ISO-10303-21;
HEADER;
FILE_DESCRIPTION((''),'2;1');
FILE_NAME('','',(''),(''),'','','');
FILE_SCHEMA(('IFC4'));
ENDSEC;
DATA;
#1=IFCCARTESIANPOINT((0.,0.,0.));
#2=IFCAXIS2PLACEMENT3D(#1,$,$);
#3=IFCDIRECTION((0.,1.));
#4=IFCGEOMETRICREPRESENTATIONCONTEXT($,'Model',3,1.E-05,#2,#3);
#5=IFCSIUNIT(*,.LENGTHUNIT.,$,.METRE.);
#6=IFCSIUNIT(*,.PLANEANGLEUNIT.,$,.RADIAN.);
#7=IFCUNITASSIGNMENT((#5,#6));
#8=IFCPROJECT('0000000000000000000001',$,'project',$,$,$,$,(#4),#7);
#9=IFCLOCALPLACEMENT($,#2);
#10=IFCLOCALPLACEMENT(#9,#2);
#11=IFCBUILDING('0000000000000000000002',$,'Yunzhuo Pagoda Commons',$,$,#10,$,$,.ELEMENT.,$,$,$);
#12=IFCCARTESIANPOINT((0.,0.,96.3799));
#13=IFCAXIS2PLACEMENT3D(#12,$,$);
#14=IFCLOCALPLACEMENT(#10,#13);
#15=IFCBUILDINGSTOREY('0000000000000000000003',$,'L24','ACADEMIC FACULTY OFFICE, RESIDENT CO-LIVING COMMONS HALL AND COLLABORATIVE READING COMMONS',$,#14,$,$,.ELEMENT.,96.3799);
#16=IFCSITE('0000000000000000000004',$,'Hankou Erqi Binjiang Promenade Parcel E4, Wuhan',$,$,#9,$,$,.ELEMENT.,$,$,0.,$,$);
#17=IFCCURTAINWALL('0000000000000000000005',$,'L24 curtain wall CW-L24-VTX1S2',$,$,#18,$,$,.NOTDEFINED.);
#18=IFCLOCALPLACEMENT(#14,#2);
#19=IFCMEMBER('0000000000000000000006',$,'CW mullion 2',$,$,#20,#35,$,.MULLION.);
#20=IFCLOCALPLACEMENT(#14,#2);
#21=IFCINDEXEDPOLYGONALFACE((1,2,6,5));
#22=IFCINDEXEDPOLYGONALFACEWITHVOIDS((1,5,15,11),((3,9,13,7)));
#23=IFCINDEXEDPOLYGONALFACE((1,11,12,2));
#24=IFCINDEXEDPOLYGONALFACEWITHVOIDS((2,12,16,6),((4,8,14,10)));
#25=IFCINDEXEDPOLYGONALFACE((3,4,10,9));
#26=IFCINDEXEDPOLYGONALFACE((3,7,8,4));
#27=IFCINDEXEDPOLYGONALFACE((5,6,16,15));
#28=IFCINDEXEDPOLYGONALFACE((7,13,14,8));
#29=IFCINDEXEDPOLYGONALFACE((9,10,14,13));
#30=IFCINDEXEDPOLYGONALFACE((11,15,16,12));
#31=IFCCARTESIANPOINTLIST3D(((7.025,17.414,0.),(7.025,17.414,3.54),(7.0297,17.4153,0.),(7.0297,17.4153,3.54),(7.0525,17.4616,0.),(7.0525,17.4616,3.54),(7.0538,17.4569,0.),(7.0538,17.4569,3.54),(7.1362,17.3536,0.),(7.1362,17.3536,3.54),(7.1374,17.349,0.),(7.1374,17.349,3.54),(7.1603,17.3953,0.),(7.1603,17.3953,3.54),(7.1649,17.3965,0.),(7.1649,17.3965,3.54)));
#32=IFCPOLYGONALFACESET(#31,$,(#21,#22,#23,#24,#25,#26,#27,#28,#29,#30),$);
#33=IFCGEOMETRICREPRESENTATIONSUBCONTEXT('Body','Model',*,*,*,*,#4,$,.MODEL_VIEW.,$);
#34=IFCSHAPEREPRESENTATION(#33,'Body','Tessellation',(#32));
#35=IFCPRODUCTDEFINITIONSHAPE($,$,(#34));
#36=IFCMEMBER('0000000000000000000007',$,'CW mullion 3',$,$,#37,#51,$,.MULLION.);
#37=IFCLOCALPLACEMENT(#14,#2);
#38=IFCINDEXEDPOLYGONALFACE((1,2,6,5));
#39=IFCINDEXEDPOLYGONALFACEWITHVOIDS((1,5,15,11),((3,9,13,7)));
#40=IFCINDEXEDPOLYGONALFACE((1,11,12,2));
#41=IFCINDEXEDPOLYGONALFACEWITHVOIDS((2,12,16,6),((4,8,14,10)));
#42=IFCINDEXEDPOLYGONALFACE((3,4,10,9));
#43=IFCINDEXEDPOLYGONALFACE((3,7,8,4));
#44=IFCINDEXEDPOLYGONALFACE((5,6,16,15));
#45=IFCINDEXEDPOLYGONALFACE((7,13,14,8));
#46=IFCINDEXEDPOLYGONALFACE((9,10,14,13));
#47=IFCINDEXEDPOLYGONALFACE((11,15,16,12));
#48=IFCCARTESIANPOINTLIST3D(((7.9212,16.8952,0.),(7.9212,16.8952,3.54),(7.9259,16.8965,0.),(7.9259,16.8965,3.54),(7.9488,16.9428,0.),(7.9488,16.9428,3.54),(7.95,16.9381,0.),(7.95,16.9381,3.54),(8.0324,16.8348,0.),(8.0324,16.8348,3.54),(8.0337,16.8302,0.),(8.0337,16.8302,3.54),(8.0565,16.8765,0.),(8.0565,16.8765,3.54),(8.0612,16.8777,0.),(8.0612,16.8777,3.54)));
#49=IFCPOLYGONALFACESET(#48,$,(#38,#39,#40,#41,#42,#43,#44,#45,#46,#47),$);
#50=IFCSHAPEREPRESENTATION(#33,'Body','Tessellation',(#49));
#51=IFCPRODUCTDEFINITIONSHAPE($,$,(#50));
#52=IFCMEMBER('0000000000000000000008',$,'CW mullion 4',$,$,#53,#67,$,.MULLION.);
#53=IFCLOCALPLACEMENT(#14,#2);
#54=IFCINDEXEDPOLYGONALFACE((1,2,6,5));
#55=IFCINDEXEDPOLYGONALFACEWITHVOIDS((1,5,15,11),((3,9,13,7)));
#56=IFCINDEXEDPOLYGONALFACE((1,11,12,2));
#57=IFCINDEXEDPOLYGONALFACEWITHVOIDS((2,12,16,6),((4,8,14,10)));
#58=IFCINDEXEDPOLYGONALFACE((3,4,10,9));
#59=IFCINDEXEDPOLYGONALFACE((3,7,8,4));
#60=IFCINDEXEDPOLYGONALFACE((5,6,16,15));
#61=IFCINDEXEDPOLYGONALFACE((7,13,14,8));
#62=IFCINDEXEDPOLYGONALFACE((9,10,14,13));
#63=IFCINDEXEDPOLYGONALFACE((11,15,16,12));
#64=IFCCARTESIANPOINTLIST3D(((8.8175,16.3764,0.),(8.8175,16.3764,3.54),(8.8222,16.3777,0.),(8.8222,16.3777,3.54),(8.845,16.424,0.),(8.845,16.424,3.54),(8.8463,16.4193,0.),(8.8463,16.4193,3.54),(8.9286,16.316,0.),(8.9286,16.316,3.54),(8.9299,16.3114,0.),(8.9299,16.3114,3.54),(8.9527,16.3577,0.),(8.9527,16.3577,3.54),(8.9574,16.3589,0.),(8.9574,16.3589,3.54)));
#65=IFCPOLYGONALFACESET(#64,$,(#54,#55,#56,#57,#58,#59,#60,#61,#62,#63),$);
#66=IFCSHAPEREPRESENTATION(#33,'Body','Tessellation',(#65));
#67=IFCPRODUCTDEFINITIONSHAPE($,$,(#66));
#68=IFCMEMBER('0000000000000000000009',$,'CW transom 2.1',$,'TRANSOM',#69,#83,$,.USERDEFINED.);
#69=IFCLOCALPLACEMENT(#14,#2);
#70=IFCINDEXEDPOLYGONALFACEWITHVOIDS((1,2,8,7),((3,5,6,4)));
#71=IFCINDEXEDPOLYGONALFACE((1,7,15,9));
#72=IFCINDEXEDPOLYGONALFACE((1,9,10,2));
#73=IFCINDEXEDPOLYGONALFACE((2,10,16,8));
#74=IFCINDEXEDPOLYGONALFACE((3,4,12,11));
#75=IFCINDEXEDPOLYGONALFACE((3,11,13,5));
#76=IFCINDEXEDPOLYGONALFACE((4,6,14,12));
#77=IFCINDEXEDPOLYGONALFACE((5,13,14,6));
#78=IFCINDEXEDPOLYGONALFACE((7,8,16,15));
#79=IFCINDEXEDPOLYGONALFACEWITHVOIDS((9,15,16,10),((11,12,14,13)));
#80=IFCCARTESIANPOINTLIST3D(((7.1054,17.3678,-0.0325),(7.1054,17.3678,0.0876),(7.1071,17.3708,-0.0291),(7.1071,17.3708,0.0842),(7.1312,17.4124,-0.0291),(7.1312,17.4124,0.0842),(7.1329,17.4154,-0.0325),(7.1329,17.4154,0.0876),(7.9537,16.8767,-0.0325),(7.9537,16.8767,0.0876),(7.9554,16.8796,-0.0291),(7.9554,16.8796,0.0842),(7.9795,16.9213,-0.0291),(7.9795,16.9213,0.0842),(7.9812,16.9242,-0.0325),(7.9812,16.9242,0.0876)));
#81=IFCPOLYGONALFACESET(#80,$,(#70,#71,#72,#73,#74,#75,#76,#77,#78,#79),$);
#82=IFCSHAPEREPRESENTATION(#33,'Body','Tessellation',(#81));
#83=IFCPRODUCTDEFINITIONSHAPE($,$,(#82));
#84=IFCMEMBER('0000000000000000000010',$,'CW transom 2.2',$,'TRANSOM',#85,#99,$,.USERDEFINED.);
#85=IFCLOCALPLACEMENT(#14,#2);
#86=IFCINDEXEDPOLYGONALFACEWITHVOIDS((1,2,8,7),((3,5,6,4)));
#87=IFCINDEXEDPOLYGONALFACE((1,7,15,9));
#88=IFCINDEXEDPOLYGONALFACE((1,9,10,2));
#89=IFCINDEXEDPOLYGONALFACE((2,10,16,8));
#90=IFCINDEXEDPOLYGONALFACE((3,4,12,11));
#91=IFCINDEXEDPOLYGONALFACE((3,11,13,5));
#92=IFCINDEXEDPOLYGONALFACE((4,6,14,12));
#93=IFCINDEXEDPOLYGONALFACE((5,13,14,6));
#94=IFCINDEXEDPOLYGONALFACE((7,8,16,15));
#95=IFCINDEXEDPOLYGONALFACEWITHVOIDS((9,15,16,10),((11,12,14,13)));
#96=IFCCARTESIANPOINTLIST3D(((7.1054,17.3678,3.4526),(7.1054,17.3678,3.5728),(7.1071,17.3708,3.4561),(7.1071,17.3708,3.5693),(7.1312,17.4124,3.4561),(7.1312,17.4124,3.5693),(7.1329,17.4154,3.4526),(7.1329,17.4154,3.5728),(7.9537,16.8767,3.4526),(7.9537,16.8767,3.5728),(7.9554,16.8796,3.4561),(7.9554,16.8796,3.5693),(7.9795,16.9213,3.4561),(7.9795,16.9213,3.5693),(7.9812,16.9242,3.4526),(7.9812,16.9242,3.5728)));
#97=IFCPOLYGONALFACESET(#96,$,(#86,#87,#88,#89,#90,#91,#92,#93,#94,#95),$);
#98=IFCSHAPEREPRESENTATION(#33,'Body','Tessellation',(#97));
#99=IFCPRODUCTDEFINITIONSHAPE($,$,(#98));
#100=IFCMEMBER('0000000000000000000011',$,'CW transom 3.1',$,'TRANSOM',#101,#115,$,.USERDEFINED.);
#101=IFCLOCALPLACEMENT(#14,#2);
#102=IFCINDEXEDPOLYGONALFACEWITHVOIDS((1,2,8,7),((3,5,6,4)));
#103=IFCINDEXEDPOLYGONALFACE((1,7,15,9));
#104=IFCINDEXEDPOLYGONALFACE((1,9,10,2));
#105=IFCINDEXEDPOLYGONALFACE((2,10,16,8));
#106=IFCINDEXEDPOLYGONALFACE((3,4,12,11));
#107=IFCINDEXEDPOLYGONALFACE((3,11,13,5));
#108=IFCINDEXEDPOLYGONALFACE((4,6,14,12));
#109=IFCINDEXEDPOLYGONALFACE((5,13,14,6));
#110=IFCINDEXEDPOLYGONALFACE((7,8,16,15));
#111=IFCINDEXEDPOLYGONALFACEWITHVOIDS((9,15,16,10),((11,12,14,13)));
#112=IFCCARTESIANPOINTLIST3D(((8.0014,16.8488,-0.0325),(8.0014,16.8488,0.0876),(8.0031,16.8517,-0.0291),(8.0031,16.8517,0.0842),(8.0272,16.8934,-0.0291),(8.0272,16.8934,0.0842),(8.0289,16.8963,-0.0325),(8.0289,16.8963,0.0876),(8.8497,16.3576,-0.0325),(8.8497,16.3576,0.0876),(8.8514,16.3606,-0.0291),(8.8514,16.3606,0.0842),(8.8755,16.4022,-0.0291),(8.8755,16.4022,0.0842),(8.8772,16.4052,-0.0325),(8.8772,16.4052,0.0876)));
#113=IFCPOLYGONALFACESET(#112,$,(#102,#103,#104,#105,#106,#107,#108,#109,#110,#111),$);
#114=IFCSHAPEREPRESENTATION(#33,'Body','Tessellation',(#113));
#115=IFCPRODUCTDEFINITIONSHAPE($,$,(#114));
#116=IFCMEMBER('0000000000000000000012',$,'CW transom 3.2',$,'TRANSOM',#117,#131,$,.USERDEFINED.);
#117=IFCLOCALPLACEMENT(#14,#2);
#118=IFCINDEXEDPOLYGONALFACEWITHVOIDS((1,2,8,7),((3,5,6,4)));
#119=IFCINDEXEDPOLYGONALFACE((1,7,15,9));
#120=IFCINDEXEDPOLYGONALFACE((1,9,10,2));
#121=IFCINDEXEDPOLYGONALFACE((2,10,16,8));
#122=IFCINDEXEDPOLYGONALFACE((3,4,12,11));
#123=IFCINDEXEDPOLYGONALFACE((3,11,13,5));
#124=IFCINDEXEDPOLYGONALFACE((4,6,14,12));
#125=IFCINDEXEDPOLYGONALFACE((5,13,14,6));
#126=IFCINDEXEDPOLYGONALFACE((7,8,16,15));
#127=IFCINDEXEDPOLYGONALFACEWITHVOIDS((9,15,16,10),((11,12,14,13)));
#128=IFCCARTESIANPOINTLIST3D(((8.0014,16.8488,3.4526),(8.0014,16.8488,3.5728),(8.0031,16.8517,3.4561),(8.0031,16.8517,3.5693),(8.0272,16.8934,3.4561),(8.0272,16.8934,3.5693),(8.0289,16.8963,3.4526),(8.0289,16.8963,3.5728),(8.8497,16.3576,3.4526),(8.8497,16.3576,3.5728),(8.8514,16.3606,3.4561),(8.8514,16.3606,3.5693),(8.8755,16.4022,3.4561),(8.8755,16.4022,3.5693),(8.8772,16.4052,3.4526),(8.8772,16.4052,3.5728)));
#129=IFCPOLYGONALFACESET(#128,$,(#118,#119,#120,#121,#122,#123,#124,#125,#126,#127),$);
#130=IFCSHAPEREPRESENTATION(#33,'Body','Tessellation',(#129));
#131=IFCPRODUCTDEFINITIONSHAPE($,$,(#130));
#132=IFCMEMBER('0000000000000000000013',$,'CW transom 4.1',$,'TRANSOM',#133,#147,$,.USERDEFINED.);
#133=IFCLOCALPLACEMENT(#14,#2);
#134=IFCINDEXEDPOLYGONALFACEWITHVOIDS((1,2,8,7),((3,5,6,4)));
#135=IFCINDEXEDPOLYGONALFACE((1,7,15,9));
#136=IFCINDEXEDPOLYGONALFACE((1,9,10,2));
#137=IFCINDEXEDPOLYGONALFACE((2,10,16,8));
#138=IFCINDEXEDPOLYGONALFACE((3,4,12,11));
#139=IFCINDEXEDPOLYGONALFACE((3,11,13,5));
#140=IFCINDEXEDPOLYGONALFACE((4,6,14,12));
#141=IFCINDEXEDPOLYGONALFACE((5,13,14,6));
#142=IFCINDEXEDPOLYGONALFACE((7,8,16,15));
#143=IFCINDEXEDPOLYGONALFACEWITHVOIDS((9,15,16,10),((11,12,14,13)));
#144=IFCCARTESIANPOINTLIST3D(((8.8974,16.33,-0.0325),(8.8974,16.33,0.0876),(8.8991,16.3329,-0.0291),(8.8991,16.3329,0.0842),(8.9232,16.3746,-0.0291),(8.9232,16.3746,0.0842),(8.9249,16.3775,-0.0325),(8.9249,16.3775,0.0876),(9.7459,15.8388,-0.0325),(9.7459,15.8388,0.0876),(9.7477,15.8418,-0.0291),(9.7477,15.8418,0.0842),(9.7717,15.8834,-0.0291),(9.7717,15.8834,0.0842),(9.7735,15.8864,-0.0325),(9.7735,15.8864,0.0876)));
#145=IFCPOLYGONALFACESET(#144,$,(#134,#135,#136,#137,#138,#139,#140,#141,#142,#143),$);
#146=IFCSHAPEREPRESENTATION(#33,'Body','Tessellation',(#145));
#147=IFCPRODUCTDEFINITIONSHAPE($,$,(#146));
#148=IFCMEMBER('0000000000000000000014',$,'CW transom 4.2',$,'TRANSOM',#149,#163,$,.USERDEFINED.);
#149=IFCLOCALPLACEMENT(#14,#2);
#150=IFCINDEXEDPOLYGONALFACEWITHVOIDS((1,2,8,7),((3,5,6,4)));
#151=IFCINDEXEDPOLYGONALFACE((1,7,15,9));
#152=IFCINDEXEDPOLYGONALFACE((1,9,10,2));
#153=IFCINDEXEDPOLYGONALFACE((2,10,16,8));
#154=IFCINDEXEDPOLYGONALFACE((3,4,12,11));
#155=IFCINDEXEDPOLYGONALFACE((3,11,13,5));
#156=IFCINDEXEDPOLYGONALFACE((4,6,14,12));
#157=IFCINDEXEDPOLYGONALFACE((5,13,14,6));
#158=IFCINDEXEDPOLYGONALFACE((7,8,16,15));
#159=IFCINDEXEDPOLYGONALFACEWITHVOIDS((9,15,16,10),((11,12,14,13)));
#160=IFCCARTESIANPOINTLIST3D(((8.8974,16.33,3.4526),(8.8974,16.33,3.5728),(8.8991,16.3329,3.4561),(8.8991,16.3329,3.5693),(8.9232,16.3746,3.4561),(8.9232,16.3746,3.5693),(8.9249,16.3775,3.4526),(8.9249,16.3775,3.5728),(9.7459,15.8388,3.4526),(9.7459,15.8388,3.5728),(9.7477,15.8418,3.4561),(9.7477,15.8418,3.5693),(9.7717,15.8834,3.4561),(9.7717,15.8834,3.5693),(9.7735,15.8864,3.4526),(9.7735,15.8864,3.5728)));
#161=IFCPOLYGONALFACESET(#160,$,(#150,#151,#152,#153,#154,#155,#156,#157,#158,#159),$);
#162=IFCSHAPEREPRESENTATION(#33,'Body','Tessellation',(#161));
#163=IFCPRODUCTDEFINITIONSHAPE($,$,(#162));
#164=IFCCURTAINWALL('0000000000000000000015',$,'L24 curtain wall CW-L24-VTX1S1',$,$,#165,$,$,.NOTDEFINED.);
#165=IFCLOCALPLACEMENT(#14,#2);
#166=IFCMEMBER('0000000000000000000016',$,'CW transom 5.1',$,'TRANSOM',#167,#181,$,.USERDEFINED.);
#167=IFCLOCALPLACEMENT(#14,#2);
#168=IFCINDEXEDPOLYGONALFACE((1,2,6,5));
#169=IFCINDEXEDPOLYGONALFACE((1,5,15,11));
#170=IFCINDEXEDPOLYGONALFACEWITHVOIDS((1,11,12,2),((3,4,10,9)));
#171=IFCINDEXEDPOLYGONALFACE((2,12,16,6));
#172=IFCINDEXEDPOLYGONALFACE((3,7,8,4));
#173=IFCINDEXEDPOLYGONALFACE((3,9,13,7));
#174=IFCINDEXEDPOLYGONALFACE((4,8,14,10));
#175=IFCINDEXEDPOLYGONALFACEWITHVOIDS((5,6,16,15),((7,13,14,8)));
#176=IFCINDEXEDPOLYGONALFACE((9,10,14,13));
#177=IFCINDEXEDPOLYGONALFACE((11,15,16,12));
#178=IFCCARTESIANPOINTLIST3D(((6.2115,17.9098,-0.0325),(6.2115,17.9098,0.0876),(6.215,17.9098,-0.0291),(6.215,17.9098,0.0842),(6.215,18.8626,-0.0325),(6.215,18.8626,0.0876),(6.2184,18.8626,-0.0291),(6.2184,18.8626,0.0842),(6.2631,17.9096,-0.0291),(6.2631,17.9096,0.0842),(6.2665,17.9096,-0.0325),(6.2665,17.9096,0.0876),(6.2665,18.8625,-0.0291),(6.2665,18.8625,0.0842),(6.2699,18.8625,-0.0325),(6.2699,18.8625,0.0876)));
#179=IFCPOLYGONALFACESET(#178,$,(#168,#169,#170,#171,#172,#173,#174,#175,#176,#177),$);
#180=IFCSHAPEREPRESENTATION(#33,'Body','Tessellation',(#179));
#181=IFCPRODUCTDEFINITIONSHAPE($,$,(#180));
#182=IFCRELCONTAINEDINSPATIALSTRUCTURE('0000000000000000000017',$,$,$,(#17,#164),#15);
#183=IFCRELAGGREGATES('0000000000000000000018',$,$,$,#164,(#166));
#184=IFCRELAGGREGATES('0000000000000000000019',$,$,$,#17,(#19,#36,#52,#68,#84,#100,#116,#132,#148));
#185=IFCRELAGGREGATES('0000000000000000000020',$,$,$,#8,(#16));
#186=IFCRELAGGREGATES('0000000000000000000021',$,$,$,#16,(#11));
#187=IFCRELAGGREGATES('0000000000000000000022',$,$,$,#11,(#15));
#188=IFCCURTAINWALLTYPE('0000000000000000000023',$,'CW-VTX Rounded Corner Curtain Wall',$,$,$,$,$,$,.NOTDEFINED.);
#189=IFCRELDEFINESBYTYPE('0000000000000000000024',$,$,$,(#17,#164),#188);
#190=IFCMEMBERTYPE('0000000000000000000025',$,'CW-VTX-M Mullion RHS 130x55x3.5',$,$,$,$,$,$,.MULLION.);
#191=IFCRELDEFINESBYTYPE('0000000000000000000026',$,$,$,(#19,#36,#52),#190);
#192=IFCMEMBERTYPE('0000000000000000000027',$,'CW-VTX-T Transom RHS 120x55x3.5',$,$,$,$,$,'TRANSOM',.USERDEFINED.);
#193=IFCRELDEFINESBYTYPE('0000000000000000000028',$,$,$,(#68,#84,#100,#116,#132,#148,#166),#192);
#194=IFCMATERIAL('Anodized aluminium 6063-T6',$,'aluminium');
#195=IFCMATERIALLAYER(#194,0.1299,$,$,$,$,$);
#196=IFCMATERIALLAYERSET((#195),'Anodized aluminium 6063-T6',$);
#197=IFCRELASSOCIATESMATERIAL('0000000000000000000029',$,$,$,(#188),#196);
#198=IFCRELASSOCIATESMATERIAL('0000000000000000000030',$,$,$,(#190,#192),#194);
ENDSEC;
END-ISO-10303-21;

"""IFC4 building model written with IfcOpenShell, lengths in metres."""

from ifc_helpers import new_model, si_unit, direction, frame, origin, origin_2d, place, context, subcontext, project, spatial, hollow_rectangle, extrude, source, transform, mapped, material, layer, layer_set, material_profile, profile_set, type_object, element, aggregate, save


model = new_model("IFC4")

# Units and contexts
model_context = context("Model", 3, precision=1e-05, world=origin(), true_north=direction((0.0, 1.0)))
body_context = subcontext(model_context, "Body", "Model", "MODEL_VIEW")
ifc_project = project(units=[si_unit("LENGTHUNIT", "METRE"), si_unit("PLANEANGLEUNIT", "RADIAN")], contexts=[model_context])

# Site, building, storey
site_placement = place(None, origin())
site = spatial("IfcSite", under=ifc_project, at=site_placement, Name="Hankou Erqi Binjiang Promenade Parcel E4, Wuhan", CompositionType="ELEMENT", RefElevation=0.0)
building_placement = place(site_placement, origin())
building = spatial("IfcBuilding", under=site, at=building_placement, Name="Yunzhuo Pagoda Commons", CompositionType="ELEMENT")
storey_placement = place(building_placement, frame((0.0, 0.0, 96.3799)))
storey = spatial("IfcBuildingStorey", under=building, at=storey_placement, Name="L24", Description="ACADEMIC FACULTY OFFICE, RESIDENT CO-LIVING COMMONS HALL AND COLLABORATIVE READING COMMONS", CompositionType="ELEMENT", Elevation=96.3799)

# Curtain wall, members
ifc_material_1 = material(Name="Anodized aluminium 6063-T6", Category="aluminium")
ifc_layer_1 = layer(ifc_material_1, 0.1299)
ifc_layer_set_1 = layer_set([ifc_layer_1], Name="Anodized aluminium 6063-T6")
curtain_wall_type = type_object("IfcCurtainWallType", Name="CW-VTX Rounded Corner Curtain Wall", PredefinedType="NOTDEFINED", material=ifc_layer_set_1)
curtain_wall_1_placement = place(storey_placement, origin())
curtain_wall_1 = element("IfcCurtainWall", 1, at=curtain_wall_1_placement, inside=storey, type_object=curtain_wall_type, Name="L24 curtain wall CW-L24-VTX1S2", PredefinedType="NOTDEFINED")
ifc_material_profile_1 = material_profile(ifc_material_1, hollow_rectangle(XDim=0.0549, YDim=0.1299, WallThickness=0.0034, at=origin_2d()), Name="Anodized aluminium 6063-T6")
ifc_profile_set_1 = profile_set([ifc_material_profile_1], Name="Anodized aluminium 6063-T6")
member_type_1 = type_object("IfcMemberType", Name="CW-VTX-M Mullion RHS 130x55x3.5", PredefinedType="MULLION", material=ifc_profile_set_1)
shared_shape_1 = source(origin(), body_context, "Body", "SweptSolid", [
    extrude(hollow_rectangle(XDim=0.0549, YDim=0.1299, WallThickness=0.0034, at=origin_2d()), origin(), (0.0, 0.0, 1.0), 3.54),
])
member_1_placement = place(storey_placement, frame((7.095, 17.4053, 0.0), z_axis=(0.0, 0.0, 1.0), x_axis=(0.501036, 0.865427, 0.0)))
member_1 = element("IfcMember", 2, at=member_1_placement, type_object=member_type_1, Name="CW mullion 2", PredefinedType="MULLION", context=body_context, shape_type="MappedRepresentation", body=[
    mapped(shared_shape_1, transform((0.0, 0.0, 0.0), scale=1.0)),
])
member_2_placement = place(storey_placement, frame((7.9912, 16.8865, 0.0), z_axis=(0.0, 0.0, 1.0), x_axis=(0.501036, 0.865427, 0.0)))
member_2 = element("IfcMember", 3, at=member_2_placement, type_object=member_type_1, Name="CW mullion 3", PredefinedType="MULLION", context=body_context, shape_type="MappedRepresentation", body=[
    mapped(shared_shape_1, transform((0.0, 0.0, 0.0), scale=1.0)),
])
member_3_placement = place(storey_placement, frame((8.8875, 16.3677, 0.0), z_axis=(0.0, 0.0, 1.0), x_axis=(0.501036, 0.865427, 0.0)))
member_3 = element("IfcMember", 4, at=member_3_placement, type_object=member_type_1, Name="CW mullion 4", PredefinedType="MULLION", context=body_context, shape_type="MappedRepresentation", body=[
    mapped(shared_shape_1, transform((0.0, 0.0, 0.0), scale=1.0)),
])
ifc_material_profile_2 = material_profile(ifc_material_1, hollow_rectangle(XDim=0.0549, YDim=0.1201, WallThickness=0.0034, at=origin_2d()), Name="Anodized aluminium 6063-T6")
ifc_profile_set_2 = profile_set([ifc_material_profile_2], Name="Anodized aluminium 6063-T6")
member_type_2 = type_object("IfcMemberType", Name="CW-VTX-T Transom RHS 120x55x3.5", ElementType="TRANSOM", PredefinedType="USERDEFINED", material=ifc_profile_set_2)
shared_shape_2 = source(origin(), body_context, "Body", "SweptSolid", [
    extrude(hollow_rectangle(XDim=0.0549, YDim=0.1201, WallThickness=0.0034, at=origin_2d()), origin(), (0.0, 0.0, 1.0), 0.9802),
])
member_4_placement = place(storey_placement, frame((7.1191, 17.3916, 0.0276), z_axis=(0.865409, -0.501066, 0.0), x_axis=(0.501066, 0.865409, 0.0)))
member_4 = element("IfcMember", 5, at=member_4_placement, type_object=member_type_2, Name="CW transom 2.1", ObjectType="TRANSOM", PredefinedType="USERDEFINED", context=body_context, shape_type="MappedRepresentation", body=[
    mapped(shared_shape_2, transform((0.0, 0.0, 0.0), scale=1.0)),
])
member_5_placement = place(storey_placement, frame((7.1191, 17.3916, 3.5127), z_axis=(0.865409, -0.501066, 0.0), x_axis=(0.501066, 0.865409, 0.0)))
member_5 = element("IfcMember", 6, at=member_5_placement, type_object=member_type_2, Name="CW transom 2.2", ObjectType="TRANSOM", PredefinedType="USERDEFINED", context=body_context, shape_type="MappedRepresentation", body=[
    mapped(shared_shape_2, transform((0.0, 0.0, 0.0), scale=1.0)),
])
member_6_placement = place(storey_placement, frame((8.0151, 16.8726, 0.0276), z_axis=(0.865409, -0.501066, 0.0), x_axis=(0.501066, 0.865409, 0.0)))
member_6 = element("IfcMember", 7, at=member_6_placement, type_object=member_type_2, Name="CW transom 3.1", ObjectType="TRANSOM", PredefinedType="USERDEFINED", context=body_context, shape_type="MappedRepresentation", body=[
    mapped(shared_shape_2, transform((0.0, 0.0, 0.0), scale=1.0)),
])
member_7_placement = place(storey_placement, frame((8.0151, 16.8726, 3.5127), z_axis=(0.865409, -0.501066, 0.0), x_axis=(0.501066, 0.865409, 0.0)))
member_7 = element("IfcMember", 8, at=member_7_placement, type_object=member_type_2, Name="CW transom 3.2", ObjectType="TRANSOM", PredefinedType="USERDEFINED", context=body_context, shape_type="MappedRepresentation", body=[
    mapped(shared_shape_2, transform((0.0, 0.0, 0.0), scale=1.0)),
])
shared_shape_3 = source(origin(), body_context, "Body", "SweptSolid", [
    extrude(hollow_rectangle(XDim=0.0549, YDim=0.1201, WallThickness=0.0034, at=origin_2d()), origin(), (0.0, 0.0, 1.0), 0.9805),
])
member_8_placement = place(storey_placement, frame((8.9111, 16.3538, 0.0276), z_axis=(0.865472, -0.500958, 0.0), x_axis=(0.500958, 0.865472, 0.0)))
member_8 = element("IfcMember", 9, at=member_8_placement, type_object=member_type_2, Name="CW transom 4.1", ObjectType="TRANSOM", PredefinedType="USERDEFINED", context=body_context, shape_type="MappedRepresentation", body=[
    mapped(shared_shape_3, transform((0.0, 0.0, 0.0), scale=1.0)),
])
member_9_placement = place(storey_placement, frame((8.9111, 16.3538, 3.5127), z_axis=(0.865472, -0.500958, 0.0), x_axis=(0.500958, 0.865472, 0.0)))
member_9 = element("IfcMember", 10, at=member_9_placement, type_object=member_type_2, Name="CW transom 4.2", ObjectType="TRANSOM", PredefinedType="USERDEFINED", context=body_context, shape_type="MappedRepresentation", body=[
    mapped(shared_shape_3, transform((0.0, 0.0, 0.0), scale=1.0)),
])

# Curtain wall, member
curtain_wall_2_placement = place(storey_placement, origin())
curtain_wall_2 = element("IfcCurtainWall", 11, at=curtain_wall_2_placement, inside=storey, type_object=curtain_wall_type, Name="L24 curtain wall CW-L24-VTX1S1", PredefinedType="NOTDEFINED")
shared_shape_4 = source(origin(), body_context, "Body", "SweptSolid", [
    extrude(hollow_rectangle(XDim=0.0549, YDim=0.1201, WallThickness=0.0034, at=origin_2d()), origin(), (0.0, 0.0, 1.0), 0.9529),
])
member_10_placement = place(storey_placement, frame((6.2424, 18.8625, 0.0276), z_axis=(-0.003587, -0.999994, 0.0), x_axis=(0.999994, -0.003587, 0.0)))
member_10 = element("IfcMember", 12, at=member_10_placement, type_object=member_type_2, Name="CW transom 5.1", ObjectType="TRANSOM", PredefinedType="USERDEFINED", context=body_context, shape_type="MappedRepresentation", body=[
    mapped(shared_shape_4, transform((0.0, 0.0, 0.0), scale=1.0)),
])

aggregate(curtain_wall_2, [member_10])
aggregate(curtain_wall_1, [member_1, member_2, member_3, member_4, member_5, member_6, member_7, member_8, member_9])

save(model, "model.ifc")
